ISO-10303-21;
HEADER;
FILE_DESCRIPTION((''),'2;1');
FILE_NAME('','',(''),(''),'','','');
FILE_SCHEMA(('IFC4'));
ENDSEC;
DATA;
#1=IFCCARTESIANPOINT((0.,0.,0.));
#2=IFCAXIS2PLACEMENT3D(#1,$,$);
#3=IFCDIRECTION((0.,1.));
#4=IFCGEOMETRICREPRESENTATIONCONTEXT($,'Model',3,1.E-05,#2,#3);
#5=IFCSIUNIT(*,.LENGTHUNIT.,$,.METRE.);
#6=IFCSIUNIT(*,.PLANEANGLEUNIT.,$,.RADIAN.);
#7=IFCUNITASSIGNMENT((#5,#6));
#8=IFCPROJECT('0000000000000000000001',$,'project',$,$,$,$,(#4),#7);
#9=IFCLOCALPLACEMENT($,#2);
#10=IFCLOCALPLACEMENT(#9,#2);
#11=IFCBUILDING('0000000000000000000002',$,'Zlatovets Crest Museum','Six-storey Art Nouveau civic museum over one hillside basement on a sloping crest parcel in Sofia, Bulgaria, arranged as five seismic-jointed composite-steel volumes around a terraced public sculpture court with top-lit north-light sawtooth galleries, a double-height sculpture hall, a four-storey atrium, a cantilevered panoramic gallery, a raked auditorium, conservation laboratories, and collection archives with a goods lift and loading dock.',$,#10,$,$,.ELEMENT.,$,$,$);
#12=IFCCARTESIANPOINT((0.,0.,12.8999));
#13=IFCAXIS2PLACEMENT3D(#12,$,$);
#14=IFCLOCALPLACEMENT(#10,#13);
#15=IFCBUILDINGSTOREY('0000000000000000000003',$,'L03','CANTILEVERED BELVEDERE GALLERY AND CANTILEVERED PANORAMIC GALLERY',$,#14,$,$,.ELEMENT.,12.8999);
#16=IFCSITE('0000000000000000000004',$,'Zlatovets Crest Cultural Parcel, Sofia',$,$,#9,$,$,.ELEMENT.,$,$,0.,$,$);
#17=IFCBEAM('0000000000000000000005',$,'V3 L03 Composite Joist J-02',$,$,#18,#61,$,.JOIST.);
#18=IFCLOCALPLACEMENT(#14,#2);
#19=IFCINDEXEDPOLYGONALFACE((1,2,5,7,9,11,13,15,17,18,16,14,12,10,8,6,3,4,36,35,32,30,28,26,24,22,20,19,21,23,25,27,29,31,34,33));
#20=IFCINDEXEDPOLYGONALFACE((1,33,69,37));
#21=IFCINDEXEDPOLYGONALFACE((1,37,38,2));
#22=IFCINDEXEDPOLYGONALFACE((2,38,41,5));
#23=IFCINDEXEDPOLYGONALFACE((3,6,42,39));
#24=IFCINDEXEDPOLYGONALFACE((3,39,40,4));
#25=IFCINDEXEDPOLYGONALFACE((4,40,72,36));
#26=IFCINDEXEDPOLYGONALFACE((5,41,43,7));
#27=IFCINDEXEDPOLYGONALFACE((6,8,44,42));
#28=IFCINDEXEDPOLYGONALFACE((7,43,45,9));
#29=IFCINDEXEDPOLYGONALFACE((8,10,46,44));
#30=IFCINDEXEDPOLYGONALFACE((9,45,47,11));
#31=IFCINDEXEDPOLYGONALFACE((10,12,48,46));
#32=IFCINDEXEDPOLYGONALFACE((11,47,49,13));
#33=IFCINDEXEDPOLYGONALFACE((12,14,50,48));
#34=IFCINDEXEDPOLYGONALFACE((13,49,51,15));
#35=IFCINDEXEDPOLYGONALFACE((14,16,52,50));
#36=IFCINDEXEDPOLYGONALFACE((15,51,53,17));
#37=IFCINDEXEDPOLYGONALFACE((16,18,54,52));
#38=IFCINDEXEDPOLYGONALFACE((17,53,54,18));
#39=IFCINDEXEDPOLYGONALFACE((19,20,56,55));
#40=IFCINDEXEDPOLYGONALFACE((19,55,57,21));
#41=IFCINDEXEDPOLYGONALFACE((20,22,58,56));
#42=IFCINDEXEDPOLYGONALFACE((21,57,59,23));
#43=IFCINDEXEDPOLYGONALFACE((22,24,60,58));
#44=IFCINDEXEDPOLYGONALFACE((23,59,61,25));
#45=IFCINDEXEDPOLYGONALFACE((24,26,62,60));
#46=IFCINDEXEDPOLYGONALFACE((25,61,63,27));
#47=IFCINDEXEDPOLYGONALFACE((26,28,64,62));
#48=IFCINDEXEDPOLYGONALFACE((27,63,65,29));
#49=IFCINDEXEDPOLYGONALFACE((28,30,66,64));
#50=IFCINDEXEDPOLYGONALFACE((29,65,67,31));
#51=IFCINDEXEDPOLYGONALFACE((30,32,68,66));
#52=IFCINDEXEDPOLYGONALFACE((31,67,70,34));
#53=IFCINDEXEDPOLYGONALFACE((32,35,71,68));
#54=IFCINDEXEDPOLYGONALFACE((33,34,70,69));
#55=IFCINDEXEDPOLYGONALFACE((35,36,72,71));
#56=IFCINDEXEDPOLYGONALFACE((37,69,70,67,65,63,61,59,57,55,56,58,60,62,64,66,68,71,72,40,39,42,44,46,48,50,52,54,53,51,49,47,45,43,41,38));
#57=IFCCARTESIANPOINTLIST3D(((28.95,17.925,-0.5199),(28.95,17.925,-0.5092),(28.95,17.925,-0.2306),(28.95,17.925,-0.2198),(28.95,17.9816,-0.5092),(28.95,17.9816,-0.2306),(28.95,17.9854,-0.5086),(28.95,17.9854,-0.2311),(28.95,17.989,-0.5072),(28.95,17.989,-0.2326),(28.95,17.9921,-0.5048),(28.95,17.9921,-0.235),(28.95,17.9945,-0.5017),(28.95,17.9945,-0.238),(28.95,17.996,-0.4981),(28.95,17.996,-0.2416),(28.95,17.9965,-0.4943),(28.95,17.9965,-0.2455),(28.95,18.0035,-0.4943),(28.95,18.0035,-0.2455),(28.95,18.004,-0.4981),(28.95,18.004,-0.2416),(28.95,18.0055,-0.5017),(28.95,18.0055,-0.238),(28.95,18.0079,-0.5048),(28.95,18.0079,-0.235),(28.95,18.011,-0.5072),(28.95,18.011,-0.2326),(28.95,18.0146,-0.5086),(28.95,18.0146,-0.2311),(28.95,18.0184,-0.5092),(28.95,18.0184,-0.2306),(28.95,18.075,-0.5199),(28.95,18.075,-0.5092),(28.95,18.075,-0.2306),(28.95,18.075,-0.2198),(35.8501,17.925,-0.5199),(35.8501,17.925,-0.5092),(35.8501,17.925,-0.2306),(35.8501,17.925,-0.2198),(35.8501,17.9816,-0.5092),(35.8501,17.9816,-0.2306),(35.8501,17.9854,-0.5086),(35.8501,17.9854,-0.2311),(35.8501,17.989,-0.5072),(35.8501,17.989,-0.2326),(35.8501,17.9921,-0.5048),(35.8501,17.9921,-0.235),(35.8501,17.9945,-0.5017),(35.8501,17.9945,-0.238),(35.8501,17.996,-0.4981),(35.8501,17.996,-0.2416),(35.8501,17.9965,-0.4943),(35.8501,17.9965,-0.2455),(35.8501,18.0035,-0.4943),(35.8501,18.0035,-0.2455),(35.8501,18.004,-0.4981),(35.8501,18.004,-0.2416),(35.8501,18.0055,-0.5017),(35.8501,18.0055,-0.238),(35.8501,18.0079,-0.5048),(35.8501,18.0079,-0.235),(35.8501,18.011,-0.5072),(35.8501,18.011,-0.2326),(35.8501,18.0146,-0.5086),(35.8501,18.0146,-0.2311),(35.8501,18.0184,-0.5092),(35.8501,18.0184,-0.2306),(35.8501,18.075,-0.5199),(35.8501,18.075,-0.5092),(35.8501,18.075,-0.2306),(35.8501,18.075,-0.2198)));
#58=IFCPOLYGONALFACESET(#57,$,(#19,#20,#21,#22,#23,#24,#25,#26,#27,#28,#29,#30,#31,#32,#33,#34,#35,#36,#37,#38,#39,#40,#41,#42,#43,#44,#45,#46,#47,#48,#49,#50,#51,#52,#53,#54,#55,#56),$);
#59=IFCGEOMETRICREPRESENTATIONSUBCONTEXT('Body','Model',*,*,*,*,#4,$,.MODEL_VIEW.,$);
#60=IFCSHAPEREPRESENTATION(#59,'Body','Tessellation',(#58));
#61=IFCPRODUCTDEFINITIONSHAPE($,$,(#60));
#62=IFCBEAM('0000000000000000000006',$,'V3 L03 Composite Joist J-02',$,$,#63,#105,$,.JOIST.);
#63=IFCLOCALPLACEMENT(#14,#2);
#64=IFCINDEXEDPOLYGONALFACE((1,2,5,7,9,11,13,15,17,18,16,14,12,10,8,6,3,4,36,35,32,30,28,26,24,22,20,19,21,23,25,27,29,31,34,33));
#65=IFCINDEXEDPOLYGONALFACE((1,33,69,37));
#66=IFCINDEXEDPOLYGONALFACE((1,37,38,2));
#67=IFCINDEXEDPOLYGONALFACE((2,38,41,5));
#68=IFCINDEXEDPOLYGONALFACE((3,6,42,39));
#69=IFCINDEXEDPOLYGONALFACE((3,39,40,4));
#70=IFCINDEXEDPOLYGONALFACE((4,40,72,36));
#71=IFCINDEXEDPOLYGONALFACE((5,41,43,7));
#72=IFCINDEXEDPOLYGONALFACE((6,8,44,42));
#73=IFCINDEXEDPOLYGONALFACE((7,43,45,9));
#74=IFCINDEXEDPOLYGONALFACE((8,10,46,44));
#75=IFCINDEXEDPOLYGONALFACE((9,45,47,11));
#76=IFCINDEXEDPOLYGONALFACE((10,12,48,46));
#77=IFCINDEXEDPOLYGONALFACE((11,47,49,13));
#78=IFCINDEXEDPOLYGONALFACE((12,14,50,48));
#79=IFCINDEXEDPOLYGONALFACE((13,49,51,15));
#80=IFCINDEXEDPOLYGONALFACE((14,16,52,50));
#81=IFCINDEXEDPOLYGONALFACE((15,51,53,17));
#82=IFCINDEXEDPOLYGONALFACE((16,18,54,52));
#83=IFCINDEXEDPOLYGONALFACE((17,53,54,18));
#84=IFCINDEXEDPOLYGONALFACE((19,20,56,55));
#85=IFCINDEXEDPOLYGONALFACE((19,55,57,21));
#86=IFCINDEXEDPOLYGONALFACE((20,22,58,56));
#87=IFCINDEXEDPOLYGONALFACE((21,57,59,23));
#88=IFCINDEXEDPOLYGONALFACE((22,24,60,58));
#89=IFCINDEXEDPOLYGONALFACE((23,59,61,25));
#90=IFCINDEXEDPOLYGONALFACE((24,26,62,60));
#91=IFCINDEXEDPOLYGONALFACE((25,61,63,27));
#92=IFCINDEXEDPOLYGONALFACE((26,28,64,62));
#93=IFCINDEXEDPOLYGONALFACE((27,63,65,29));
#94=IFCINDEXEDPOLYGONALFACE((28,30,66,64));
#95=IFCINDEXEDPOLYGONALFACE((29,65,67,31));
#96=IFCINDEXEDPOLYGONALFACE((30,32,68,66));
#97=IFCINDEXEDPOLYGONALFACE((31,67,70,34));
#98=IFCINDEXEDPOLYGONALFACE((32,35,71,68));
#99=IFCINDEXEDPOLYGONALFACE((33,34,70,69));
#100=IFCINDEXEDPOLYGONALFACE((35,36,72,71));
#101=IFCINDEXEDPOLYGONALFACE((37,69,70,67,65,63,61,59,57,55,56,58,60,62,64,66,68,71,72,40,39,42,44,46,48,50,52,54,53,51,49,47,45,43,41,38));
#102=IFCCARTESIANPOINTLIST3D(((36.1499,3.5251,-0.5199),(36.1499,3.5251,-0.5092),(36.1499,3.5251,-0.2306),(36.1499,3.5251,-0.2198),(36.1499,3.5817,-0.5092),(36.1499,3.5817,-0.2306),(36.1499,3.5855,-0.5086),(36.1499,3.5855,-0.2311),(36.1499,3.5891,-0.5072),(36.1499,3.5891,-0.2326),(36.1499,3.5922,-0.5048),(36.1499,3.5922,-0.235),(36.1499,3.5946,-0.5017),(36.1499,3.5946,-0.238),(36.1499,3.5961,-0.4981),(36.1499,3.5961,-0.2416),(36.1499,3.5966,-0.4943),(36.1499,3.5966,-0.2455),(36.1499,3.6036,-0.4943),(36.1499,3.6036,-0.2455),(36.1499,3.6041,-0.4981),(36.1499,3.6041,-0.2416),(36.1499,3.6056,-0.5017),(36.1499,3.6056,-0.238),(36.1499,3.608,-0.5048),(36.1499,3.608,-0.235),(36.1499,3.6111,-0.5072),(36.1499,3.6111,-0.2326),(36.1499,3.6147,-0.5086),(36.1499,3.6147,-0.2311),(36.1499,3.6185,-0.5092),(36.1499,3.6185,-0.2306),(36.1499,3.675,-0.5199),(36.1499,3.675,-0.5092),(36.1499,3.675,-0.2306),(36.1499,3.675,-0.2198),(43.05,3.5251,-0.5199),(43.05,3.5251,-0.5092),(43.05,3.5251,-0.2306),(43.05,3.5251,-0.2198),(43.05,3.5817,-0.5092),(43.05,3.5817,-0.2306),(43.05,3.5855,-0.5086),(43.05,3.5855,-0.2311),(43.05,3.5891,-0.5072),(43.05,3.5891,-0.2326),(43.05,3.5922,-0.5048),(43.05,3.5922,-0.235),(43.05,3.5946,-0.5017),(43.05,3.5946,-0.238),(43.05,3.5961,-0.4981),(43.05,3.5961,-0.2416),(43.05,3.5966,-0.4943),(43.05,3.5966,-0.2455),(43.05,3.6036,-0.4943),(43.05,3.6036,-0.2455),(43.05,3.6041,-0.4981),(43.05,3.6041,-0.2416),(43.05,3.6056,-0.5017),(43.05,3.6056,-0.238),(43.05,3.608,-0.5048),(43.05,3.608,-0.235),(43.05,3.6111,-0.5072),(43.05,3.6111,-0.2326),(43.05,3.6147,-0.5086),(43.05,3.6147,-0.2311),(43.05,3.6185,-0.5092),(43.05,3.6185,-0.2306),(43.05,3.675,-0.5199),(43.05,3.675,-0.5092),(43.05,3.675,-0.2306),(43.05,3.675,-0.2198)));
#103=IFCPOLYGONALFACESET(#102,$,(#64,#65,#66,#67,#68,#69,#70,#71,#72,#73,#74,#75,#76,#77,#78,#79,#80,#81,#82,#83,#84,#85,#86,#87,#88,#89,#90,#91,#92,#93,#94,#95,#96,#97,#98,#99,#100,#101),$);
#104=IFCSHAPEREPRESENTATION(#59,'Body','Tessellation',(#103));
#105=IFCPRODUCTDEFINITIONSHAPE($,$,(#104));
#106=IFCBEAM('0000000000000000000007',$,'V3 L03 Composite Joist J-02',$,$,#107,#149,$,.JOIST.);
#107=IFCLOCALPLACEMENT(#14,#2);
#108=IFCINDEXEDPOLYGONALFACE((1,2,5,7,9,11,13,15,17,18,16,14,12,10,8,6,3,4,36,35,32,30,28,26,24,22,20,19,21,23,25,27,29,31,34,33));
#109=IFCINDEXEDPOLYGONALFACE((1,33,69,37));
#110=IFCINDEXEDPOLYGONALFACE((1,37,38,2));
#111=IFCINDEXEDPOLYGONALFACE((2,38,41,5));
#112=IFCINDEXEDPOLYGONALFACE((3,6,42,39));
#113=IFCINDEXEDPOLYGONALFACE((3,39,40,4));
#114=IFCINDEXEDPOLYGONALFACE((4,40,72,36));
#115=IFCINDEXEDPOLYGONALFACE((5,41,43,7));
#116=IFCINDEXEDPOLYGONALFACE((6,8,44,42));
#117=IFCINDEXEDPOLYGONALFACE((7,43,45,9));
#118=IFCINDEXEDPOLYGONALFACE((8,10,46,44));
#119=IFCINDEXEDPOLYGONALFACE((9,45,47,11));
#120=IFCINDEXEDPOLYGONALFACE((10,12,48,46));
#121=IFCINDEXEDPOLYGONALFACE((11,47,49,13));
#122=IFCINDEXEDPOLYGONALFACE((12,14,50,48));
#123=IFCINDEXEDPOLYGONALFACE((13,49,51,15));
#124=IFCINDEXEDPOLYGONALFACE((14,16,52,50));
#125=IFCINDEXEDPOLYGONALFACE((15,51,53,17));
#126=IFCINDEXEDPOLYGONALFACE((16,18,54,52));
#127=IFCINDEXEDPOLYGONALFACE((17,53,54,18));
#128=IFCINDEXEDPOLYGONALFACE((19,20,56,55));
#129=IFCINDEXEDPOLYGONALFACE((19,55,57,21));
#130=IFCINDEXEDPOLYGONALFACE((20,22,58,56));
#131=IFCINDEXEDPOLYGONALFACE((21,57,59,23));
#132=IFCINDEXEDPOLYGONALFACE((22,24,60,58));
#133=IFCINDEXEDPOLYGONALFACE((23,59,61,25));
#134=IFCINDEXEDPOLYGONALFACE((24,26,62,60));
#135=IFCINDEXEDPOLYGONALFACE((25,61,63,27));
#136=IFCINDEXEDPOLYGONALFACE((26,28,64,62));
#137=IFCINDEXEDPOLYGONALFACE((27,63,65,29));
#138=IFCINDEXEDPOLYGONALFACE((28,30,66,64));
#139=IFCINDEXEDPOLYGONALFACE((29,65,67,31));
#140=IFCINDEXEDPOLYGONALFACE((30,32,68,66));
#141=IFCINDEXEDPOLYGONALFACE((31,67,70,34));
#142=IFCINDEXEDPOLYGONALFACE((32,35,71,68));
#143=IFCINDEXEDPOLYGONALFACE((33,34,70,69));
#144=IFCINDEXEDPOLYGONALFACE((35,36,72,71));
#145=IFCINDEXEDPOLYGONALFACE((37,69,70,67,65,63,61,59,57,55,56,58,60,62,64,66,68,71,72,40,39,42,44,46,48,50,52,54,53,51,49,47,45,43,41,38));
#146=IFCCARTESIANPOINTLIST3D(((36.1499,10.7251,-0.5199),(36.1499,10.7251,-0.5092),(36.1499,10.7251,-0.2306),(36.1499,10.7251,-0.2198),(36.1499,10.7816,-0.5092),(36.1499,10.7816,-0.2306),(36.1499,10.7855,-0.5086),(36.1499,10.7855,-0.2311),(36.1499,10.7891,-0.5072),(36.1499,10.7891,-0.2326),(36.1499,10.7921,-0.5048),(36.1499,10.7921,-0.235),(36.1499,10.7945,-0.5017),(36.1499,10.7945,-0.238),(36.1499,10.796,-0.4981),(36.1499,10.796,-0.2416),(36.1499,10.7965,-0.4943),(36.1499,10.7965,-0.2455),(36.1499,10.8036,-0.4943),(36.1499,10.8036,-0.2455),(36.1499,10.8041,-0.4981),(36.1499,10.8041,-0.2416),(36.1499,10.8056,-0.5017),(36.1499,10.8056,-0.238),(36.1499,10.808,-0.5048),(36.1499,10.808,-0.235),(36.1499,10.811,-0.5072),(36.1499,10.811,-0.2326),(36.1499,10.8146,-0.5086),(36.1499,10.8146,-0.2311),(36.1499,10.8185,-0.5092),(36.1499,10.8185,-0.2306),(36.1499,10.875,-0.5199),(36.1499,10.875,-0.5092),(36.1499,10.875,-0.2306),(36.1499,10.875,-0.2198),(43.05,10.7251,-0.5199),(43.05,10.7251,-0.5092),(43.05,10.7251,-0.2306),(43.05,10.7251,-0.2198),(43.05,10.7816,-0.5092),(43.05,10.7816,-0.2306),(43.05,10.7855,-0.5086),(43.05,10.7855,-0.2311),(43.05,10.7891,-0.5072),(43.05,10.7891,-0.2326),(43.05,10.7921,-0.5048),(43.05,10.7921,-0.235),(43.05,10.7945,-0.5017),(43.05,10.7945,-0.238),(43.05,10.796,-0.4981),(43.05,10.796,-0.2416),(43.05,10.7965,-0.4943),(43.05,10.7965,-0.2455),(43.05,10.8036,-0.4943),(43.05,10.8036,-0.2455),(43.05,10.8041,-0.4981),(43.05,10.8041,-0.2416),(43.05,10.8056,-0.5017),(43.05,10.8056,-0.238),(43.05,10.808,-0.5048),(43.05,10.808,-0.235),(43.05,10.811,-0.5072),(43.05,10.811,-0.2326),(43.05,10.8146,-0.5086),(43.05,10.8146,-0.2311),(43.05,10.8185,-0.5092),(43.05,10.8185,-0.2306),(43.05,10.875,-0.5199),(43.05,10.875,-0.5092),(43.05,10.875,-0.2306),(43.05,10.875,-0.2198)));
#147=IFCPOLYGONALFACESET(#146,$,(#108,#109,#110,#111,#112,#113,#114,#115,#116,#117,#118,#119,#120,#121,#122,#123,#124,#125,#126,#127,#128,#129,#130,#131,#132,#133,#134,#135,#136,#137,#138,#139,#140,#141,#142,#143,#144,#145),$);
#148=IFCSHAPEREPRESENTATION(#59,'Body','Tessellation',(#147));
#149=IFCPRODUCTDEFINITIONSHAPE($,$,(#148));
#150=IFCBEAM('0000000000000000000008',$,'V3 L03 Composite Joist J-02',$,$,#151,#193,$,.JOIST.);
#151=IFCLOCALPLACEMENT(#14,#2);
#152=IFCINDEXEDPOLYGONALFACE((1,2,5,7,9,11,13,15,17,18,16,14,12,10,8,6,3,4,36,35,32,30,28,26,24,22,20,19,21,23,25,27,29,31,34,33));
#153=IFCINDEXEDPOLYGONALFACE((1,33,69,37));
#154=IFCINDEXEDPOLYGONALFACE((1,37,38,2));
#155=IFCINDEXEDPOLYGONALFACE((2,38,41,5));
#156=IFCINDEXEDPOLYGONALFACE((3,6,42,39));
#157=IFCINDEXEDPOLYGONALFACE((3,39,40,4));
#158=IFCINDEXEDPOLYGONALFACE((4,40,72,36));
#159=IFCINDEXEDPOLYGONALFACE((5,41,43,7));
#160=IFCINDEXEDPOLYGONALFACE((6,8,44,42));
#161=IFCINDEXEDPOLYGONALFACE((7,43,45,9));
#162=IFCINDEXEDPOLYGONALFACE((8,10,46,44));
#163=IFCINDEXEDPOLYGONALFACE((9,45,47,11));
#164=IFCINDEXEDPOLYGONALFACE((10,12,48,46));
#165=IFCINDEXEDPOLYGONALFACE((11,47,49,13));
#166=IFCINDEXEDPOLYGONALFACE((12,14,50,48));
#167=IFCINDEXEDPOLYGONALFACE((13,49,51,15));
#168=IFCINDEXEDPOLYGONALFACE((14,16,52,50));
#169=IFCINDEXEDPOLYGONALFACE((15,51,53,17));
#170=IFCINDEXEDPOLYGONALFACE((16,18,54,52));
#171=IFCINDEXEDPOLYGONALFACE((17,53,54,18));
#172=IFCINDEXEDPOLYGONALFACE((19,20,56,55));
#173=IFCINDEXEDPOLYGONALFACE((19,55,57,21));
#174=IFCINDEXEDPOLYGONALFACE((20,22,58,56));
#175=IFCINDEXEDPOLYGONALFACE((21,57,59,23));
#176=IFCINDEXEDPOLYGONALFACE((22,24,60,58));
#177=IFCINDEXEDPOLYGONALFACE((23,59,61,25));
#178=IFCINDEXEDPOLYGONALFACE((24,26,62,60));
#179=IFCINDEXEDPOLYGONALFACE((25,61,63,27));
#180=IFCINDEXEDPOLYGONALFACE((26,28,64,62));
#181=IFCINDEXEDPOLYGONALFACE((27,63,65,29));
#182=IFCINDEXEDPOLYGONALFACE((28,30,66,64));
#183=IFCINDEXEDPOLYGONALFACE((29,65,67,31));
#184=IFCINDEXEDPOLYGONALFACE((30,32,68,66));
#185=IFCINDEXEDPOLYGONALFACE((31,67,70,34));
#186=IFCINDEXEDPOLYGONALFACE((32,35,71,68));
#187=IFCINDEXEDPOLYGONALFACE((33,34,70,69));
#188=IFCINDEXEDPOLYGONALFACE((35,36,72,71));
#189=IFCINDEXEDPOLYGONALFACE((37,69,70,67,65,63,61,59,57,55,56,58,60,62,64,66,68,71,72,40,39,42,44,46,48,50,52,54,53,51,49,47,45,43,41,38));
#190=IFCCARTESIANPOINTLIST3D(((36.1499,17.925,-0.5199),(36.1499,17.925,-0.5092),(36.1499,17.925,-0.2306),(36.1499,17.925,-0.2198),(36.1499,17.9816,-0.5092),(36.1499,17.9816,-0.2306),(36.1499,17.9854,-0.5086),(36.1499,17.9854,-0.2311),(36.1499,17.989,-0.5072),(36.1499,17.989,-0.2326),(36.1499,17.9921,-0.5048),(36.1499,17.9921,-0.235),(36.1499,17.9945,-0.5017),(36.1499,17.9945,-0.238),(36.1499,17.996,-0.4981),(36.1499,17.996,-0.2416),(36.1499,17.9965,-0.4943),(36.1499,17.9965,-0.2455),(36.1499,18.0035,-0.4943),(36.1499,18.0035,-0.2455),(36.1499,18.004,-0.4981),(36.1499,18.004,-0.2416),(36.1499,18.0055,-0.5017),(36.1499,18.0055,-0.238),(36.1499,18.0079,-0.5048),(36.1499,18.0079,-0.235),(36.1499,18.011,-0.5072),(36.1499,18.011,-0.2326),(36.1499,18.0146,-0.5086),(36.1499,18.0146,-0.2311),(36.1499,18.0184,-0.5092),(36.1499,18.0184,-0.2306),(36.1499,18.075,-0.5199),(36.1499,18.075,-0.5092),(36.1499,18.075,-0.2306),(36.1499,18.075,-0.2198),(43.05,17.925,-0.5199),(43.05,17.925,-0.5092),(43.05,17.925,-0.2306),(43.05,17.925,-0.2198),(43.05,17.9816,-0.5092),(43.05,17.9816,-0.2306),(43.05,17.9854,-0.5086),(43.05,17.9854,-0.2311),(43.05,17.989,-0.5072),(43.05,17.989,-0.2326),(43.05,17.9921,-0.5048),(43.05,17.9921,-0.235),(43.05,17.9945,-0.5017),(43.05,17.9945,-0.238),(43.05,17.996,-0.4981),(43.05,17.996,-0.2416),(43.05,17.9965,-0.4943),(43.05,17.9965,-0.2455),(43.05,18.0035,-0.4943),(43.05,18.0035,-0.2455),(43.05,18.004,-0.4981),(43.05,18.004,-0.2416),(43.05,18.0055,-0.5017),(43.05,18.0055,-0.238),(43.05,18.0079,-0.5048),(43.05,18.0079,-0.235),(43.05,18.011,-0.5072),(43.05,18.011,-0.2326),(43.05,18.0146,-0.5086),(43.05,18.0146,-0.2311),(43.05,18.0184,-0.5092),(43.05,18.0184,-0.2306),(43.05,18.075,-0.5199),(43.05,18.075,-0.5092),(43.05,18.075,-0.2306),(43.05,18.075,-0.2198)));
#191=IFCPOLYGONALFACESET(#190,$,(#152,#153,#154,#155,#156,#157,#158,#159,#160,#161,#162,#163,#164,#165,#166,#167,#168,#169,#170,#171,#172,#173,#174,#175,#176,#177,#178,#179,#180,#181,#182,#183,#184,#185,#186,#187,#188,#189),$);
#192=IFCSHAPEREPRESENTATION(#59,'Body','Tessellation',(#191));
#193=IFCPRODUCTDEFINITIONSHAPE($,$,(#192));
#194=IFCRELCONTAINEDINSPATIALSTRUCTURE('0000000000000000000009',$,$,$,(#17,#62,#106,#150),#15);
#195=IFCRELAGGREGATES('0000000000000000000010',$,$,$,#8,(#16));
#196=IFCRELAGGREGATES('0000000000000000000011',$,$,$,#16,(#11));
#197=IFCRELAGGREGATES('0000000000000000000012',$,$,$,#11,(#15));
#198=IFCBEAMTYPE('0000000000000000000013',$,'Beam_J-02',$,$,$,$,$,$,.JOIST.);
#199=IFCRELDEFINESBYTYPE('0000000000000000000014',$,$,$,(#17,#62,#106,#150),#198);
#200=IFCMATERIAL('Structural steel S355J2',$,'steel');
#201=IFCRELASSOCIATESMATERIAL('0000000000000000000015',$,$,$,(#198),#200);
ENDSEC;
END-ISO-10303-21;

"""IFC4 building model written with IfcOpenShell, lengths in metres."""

from ifc_helpers import new_model, si_unit, direction, frame, origin, origin_2d, place, context, subcontext, project, spatial, i_section, extrude, material, material_profile, profile_set, type_object, element, save


model = new_model("IFC4")

# Units and contexts
model_context = context("Model", 3, precision=1e-05, world=origin(), true_north=direction((0.0, 1.0)))
body_context = subcontext(model_context, "Body", "Model", "MODEL_VIEW")
ifc_project = project(units=[si_unit("LENGTHUNIT", "METRE"), si_unit("PLANEANGLEUNIT", "RADIAN")], contexts=[model_context])

# Site, building, storey
site_placement = place(None, origin())
site = spatial("IfcSite", under=ifc_project, at=site_placement, Name="Zlatovets Crest Cultural Parcel, Sofia", CompositionType="ELEMENT", RefElevation=0.0)
building_placement = place(site_placement, origin())
building = spatial("IfcBuilding", under=site, at=building_placement, Name="Zlatovets Crest Museum", Description="Six-storey Art Nouveau civic museum over one hillside basement on a sloping crest parcel in Sofia, Bulgaria, arranged as five seismic-jointed composite-steel volumes around a terraced public sculpture court with top-lit north-light sawtooth galleries, a double-height sculpture hall, a four-storey atrium, a cantilevered panoramic gallery, a raked auditorium, conservation laboratories, and collection archives with a goods lift and loading dock.", CompositionType="ELEMENT")
storey_placement = place(building_placement, frame((0.0, 0.0, 12.8999)))
storey = spatial("IfcBuildingStorey", under=building, at=storey_placement, Name="L03", Description="CANTILEVERED BELVEDERE GALLERY AND CANTILEVERED PANORAMIC GALLERY", CompositionType="ELEMENT", Elevation=12.8999)

# Beams
ifc_material_1 = material(Name="Structural steel S355J2", Category="steel")
ifc_material_profile_1 = material_profile(ifc_material_1, i_section(OverallWidth=0.1499, OverallDepth=0.3, WebThickness=0.0071, FlangeThickness=0.0107, FilletRadius=0.0149, at=origin_2d()), Name="IPE 300")
ifc_profile_set_1 = profile_set([ifc_material_profile_1], Name="Structural steel S355J2")
beam_type_1 = type_object("IfcBeamType", Name="Beam_J-02", PredefinedType="JOIST", material=ifc_profile_set_1)
for number, where, z_axis, x_axis, name in (
    (1, (28.95, 18.0, -0.3699), (1.0, 0.0, 0.0), (0.0, 1.0, 0.0), "V3 L03 Composite Joist J-02"),
    (2, (36.1499, 3.6001, -0.3699), (1.0, 0.0, 0.0), (0.0, 1.0, 0.0), "V3 L03 Composite Joist J-02"),
    (3, (36.1499, 10.8, -0.3699), (1.0, 0.0, 0.0), (0.0, 1.0, 0.0), "V3 L03 Composite Joist J-02"),
    (4, (36.1499, 18.0, -0.3699), (1.0, 0.0, 0.0), (0.0, 1.0, 0.0), "V3 L03 Composite Joist J-02"),
):
    element("IfcBeam", number, at=place(storey_placement, frame(where, z_axis=z_axis, x_axis=x_axis)), inside=storey, type_object=beam_type_1, Name=name, PredefinedType="JOIST", context=body_context, shape_type="SweptSolid", body=[
        extrude(i_section(OverallWidth=0.1499, OverallDepth=0.3, WebThickness=0.0071, FlangeThickness=0.0107, FilletRadius=0.0149, at=origin_2d()), origin(), (0.0, 0.0, 1.0), 6.9001),
    ])

save(model, "model.ifc")
